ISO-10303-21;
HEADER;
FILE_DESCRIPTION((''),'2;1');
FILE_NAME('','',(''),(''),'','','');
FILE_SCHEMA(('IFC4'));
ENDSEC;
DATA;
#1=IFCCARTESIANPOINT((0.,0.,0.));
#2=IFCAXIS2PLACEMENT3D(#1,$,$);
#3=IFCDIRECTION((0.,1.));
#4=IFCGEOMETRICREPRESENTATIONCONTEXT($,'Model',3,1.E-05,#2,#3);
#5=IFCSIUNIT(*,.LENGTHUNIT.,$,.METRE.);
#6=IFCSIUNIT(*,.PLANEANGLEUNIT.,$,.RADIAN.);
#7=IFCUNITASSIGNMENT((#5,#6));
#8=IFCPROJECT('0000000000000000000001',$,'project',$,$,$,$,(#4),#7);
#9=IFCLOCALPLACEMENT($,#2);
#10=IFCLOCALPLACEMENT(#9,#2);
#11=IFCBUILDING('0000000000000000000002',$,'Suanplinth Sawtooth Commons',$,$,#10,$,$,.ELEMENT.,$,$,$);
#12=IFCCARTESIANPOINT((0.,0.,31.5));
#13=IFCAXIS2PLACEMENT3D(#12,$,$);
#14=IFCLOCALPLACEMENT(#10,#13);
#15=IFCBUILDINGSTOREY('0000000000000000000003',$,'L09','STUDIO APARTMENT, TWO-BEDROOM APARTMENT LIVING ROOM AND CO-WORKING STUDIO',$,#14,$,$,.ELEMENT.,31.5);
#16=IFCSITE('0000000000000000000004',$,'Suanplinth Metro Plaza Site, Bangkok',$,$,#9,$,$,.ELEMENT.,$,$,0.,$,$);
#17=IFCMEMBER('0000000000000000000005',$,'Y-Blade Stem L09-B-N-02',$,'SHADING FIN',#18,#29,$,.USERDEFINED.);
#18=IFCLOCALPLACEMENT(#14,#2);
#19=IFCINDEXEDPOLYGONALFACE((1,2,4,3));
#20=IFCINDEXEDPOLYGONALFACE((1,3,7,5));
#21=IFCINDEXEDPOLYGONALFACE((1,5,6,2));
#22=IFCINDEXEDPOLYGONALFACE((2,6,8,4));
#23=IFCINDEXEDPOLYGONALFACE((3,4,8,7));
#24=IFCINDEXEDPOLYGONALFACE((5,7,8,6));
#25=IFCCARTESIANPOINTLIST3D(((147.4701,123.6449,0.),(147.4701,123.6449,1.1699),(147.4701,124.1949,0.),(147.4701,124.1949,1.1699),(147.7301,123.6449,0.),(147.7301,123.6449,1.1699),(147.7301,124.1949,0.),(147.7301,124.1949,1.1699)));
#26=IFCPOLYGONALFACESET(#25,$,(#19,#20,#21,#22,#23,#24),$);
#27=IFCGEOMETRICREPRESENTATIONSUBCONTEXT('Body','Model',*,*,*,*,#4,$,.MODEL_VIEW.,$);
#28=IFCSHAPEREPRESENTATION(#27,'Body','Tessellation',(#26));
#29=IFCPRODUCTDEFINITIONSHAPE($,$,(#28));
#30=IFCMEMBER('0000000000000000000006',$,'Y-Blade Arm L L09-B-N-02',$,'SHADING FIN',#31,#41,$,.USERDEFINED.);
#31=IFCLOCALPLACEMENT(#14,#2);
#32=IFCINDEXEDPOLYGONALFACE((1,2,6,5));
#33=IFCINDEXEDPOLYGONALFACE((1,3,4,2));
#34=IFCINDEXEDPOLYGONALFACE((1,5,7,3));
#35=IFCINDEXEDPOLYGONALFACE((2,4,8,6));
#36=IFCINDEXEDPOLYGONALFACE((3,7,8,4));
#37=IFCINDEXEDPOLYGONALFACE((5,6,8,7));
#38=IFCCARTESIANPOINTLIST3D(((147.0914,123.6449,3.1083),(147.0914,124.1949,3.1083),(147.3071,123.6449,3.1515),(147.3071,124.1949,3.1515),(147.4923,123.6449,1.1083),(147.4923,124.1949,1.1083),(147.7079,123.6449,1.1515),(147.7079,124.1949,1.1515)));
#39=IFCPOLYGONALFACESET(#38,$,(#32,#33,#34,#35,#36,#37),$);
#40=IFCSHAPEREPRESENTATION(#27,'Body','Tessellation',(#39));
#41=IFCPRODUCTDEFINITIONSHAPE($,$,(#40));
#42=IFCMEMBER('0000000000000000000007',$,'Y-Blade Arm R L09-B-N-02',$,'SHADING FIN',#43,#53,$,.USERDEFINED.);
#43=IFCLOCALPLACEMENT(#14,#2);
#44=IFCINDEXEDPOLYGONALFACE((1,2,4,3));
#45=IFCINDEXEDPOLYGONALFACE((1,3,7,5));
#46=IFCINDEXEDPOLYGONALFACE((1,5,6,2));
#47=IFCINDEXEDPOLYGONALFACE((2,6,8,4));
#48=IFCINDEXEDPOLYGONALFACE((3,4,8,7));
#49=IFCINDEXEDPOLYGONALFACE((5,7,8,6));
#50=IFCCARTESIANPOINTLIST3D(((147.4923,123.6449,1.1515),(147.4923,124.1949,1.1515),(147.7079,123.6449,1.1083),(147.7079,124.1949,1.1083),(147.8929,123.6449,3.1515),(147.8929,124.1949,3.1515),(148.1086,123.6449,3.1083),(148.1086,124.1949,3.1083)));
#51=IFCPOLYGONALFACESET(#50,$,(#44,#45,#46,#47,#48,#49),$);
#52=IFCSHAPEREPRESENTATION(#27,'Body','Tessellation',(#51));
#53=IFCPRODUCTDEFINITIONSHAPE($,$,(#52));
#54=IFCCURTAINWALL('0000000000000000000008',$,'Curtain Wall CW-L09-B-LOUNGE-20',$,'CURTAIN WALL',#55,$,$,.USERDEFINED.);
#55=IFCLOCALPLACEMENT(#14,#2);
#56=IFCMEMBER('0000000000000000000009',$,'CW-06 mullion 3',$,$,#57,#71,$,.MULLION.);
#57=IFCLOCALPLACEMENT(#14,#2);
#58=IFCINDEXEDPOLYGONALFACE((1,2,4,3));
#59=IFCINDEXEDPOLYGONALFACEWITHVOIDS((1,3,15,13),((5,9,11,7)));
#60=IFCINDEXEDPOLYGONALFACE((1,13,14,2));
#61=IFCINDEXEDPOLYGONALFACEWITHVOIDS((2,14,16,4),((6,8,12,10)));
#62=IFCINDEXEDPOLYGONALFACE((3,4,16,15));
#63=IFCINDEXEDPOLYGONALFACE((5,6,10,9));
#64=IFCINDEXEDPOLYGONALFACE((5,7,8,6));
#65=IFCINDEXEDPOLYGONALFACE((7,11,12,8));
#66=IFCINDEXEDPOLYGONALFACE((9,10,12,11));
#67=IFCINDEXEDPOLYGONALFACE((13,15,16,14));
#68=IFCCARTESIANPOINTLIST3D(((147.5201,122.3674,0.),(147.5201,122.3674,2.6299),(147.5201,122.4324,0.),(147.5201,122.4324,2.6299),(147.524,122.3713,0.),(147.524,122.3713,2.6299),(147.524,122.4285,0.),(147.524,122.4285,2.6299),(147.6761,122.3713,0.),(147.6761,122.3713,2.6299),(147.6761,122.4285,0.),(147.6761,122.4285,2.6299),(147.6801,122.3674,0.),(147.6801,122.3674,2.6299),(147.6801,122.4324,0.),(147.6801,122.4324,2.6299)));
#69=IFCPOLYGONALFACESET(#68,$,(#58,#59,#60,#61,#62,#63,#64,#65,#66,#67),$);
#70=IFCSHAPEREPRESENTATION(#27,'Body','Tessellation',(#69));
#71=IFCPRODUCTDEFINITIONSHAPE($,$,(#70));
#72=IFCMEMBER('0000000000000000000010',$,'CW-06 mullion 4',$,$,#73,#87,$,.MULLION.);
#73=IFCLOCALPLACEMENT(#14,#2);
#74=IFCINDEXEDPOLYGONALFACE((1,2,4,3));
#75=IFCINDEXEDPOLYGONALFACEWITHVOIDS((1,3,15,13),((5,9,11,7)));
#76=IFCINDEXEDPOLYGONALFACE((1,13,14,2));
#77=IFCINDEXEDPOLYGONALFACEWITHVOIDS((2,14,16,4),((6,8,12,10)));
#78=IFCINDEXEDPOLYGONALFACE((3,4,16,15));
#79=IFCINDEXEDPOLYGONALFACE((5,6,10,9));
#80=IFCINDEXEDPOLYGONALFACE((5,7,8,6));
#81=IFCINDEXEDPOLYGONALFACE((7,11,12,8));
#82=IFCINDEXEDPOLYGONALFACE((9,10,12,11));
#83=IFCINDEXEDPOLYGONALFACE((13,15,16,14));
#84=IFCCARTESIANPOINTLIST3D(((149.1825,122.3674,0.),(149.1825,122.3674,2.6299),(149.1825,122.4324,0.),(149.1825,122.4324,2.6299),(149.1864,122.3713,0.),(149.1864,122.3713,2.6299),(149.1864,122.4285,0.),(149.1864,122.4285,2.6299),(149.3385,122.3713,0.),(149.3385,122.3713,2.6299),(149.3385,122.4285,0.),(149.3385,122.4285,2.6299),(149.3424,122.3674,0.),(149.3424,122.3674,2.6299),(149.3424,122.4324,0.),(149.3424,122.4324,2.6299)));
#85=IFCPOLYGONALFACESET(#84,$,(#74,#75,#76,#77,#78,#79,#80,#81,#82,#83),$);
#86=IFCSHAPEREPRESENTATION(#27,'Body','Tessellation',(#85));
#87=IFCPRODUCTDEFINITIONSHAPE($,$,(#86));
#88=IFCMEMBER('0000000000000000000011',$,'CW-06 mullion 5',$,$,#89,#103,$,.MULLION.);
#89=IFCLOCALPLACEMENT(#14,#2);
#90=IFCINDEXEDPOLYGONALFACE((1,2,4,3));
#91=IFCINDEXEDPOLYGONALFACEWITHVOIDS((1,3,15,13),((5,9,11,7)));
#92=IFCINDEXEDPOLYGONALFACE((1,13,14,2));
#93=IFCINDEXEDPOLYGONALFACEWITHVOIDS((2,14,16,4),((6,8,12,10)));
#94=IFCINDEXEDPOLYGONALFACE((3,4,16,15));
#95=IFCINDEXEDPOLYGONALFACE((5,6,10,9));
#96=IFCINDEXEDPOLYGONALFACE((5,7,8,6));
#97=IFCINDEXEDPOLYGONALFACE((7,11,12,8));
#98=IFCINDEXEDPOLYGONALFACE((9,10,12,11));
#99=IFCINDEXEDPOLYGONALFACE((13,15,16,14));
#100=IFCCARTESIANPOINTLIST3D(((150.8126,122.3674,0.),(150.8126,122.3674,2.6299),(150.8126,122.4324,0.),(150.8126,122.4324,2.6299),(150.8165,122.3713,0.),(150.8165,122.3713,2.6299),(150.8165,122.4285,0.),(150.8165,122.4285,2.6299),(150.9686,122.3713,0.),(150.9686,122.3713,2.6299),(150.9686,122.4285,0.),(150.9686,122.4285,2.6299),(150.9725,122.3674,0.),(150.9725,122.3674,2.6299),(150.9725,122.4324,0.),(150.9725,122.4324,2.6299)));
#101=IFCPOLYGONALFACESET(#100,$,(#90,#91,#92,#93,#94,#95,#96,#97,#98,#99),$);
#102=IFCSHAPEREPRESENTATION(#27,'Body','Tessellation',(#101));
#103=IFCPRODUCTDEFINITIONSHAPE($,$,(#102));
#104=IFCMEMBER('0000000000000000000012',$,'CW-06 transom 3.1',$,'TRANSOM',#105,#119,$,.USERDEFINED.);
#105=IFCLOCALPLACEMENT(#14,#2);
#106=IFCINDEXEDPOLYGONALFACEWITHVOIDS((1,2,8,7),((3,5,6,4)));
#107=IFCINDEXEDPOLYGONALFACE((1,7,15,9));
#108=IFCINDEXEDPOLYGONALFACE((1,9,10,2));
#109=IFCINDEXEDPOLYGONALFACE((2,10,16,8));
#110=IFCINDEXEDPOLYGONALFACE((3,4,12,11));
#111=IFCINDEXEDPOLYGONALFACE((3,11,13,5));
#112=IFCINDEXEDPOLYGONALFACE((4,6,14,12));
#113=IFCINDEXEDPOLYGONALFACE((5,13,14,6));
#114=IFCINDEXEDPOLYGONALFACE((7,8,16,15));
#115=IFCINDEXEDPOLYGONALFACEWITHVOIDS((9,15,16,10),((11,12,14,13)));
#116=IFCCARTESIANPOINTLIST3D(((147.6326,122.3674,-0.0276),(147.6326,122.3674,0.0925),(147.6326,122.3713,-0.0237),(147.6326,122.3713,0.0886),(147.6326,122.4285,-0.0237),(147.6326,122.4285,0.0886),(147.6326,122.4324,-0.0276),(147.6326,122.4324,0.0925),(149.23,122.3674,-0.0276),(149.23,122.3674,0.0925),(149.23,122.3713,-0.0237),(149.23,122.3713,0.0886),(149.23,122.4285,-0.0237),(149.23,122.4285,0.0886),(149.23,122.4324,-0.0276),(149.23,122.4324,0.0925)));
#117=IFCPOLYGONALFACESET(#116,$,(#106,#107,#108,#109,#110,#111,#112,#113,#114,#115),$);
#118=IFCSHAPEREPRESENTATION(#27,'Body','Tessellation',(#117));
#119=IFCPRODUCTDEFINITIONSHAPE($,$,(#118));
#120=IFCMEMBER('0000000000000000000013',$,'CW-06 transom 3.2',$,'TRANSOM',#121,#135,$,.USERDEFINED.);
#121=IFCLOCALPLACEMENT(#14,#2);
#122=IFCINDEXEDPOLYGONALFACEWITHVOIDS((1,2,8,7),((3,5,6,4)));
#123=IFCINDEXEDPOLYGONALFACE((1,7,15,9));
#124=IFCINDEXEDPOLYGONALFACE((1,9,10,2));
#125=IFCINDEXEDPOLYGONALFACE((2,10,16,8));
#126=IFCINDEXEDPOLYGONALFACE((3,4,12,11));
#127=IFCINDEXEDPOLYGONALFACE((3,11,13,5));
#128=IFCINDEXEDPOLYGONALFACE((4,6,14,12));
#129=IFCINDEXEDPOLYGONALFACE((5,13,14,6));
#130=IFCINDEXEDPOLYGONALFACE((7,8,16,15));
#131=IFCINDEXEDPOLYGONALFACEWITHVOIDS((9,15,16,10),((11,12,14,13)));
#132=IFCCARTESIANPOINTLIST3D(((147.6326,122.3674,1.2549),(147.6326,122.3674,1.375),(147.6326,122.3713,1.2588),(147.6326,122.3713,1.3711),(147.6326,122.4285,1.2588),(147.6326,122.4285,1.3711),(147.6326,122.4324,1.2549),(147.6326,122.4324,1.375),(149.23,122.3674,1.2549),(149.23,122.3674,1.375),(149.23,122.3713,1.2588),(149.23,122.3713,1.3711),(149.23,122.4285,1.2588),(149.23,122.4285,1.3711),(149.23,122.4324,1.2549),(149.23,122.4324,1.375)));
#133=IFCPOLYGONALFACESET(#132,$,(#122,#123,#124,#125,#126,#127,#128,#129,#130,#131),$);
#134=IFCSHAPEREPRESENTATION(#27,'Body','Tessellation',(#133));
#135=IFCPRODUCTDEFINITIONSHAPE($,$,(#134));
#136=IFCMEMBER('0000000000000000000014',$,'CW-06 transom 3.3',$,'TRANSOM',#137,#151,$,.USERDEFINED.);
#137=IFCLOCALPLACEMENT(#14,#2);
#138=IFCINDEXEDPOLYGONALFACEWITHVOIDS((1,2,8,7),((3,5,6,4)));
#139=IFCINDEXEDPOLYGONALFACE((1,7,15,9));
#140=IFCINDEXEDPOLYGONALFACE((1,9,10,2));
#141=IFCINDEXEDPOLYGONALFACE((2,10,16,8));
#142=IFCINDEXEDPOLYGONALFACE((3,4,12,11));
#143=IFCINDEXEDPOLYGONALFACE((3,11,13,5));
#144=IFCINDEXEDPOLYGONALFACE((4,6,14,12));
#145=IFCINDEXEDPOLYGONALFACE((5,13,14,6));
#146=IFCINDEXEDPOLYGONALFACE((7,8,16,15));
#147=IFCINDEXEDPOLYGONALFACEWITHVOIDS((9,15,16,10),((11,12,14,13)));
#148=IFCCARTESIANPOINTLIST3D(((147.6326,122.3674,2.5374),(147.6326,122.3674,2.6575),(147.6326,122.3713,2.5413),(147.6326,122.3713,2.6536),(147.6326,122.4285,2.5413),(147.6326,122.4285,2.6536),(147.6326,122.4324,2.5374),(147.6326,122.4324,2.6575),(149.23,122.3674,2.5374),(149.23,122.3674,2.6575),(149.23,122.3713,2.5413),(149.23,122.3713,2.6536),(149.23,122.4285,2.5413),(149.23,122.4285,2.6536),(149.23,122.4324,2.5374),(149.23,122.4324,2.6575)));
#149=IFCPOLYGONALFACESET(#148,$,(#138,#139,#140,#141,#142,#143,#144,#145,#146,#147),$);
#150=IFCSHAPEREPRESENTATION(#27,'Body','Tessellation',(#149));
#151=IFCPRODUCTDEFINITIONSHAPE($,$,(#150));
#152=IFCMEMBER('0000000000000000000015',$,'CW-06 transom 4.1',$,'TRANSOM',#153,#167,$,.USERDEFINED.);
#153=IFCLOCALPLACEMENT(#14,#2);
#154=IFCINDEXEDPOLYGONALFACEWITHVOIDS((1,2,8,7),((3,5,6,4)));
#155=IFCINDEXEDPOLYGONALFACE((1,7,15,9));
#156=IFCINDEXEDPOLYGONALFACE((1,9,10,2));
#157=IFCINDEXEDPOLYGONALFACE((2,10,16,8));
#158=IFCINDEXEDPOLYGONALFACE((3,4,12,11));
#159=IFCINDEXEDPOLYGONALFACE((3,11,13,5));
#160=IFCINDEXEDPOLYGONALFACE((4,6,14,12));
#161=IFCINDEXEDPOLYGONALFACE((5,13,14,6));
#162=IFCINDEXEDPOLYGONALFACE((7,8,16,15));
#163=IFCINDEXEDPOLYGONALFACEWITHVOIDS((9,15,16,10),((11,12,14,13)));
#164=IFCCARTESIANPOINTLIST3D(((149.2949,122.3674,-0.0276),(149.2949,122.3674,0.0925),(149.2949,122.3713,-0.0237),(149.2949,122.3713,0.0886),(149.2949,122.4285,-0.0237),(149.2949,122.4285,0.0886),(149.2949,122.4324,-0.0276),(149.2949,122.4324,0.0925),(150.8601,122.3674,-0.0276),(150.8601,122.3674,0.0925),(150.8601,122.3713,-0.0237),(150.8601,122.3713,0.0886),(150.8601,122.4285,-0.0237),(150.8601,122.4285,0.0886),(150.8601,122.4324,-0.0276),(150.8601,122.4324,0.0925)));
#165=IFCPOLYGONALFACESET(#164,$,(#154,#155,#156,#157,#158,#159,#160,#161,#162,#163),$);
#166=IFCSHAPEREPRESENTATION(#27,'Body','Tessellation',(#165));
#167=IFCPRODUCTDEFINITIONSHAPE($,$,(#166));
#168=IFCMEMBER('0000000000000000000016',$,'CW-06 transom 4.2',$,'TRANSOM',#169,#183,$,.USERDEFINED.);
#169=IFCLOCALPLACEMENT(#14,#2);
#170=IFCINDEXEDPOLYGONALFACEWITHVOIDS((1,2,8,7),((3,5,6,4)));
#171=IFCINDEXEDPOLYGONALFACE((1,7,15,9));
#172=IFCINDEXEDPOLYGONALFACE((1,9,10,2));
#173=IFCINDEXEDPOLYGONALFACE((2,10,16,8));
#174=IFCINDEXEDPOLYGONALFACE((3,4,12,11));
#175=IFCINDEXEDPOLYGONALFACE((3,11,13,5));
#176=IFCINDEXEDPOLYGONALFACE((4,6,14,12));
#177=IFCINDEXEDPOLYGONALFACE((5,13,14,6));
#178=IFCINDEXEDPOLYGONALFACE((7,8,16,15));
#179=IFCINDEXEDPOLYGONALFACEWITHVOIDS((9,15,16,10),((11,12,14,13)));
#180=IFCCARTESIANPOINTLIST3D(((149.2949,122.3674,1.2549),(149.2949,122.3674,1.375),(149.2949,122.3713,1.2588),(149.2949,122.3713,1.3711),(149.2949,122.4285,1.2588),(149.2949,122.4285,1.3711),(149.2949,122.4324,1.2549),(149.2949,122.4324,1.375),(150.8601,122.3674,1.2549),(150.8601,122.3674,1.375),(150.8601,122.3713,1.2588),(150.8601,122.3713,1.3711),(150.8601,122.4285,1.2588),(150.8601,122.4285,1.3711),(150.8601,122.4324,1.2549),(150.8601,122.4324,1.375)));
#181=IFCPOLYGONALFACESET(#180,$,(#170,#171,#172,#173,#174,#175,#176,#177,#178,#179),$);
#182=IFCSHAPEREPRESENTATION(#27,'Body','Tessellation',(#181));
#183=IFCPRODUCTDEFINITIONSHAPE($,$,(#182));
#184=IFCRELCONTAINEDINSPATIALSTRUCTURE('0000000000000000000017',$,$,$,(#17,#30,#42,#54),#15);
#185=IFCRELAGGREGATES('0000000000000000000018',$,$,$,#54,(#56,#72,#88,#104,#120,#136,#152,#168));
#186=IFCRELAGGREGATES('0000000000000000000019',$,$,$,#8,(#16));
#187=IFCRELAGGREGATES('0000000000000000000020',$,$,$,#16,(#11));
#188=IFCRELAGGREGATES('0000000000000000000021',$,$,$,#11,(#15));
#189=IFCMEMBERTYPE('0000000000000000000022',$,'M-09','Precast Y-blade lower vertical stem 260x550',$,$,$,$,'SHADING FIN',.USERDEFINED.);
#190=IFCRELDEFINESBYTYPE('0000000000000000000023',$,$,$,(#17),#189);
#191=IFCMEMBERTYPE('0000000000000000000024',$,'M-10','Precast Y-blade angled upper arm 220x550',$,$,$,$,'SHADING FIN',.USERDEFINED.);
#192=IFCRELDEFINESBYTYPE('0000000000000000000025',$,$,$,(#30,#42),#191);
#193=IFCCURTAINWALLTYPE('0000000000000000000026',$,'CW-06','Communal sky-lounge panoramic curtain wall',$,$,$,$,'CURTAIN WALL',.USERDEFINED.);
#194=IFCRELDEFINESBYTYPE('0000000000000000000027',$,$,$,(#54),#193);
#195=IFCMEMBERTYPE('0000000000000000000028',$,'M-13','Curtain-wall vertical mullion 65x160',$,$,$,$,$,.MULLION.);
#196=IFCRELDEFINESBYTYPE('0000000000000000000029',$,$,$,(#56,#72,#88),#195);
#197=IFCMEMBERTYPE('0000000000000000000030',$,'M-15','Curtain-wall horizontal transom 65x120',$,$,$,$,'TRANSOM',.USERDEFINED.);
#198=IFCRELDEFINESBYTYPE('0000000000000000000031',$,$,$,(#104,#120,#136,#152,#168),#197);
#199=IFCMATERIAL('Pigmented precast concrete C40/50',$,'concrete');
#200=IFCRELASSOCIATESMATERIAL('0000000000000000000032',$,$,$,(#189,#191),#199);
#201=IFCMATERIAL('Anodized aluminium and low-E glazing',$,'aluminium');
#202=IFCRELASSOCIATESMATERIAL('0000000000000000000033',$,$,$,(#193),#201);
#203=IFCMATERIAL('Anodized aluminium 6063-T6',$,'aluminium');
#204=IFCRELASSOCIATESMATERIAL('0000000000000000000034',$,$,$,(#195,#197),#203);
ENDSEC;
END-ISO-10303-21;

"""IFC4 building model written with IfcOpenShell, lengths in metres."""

from ifc_helpers import new_model, si_unit, direction, frame, origin, origin_2d, place, context, subcontext, project, spatial, rectangle, hollow_rectangle, extrude, material, material_profile, profile_set, type_object, element, aggregate, save


model = new_model("IFC4")

# Units and contexts
model_context = context("Model", 3, precision=1e-05, world=origin(), true_north=direction((0.0, 1.0)))
body_context = subcontext(model_context, "Body", "Model", "MODEL_VIEW")
ifc_project = project(units=[si_unit("LENGTHUNIT", "METRE"), si_unit("PLANEANGLEUNIT", "RADIAN")], contexts=[model_context])

# Site, building, storey
site_placement = place(None, origin())
site = spatial("IfcSite", under=ifc_project, at=site_placement, Name="Suanplinth Metro Plaza Site, Bangkok", CompositionType="ELEMENT", RefElevation=0.0)
building_placement = place(site_placement, origin())
building = spatial("IfcBuilding", under=site, at=building_placement, Name="Suanplinth Sawtooth Commons", CompositionType="ELEMENT")
storey_placement = place(building_placement, frame((0.0, 0.0, 31.5)))
storey = spatial("IfcBuildingStorey", under=building, at=storey_placement, Name="L09", Description="STUDIO APARTMENT, TWO-BEDROOM APARTMENT LIVING ROOM AND CO-WORKING STUDIO", CompositionType="ELEMENT", Elevation=31.5)

# Members
ifc_material_1 = material(Name="Pigmented precast concrete C40/50", Category="concrete")
ifc_material_profile_1 = material_profile(ifc_material_1, rectangle(XDim=0.26, YDim=0.55, at=origin_2d()), Name="PC-FIN 260x550")
ifc_profile_set_1 = profile_set([ifc_material_profile_1], Name="Pigmented precast concrete C40/50")
member_type_1 = type_object("IfcMemberType", Name="M-09", Description="Precast Y-blade lower vertical stem 260x550", ElementType="SHADING FIN", PredefinedType="USERDEFINED", material=ifc_profile_set_1)
member_1_placement = place(storey_placement, frame((147.6001, 123.9199, 0.0), z_axis=(0.0, 0.0, 1.0), x_axis=(1.0, 0.0, 0.0)))
element("IfcMember", 1, at=member_1_placement, inside=storey, type_object=member_type_1, Name="Y-Blade Stem L09-B-N-02", ObjectType="SHADING FIN", PredefinedType="USERDEFINED", context=body_context, shape_type="SweptSolid", body=[
    extrude(rectangle(XDim=0.26, YDim=0.55, at=origin_2d()), origin(), (0.0, 0.0, 1.0), 1.1699),
])
ifc_material_profile_2 = material_profile(ifc_material_1, rectangle(XDim=0.22, YDim=0.55, at=origin_2d()), Name="PC-FIN 220x550")
ifc_profile_set_2 = profile_set([ifc_material_profile_2], Name="Pigmented precast concrete C40/50")
member_type_2 = type_object("IfcMemberType", Name="M-10", Description="Precast Y-blade angled upper arm 220x550", ElementType="SHADING FIN", PredefinedType="USERDEFINED", material=ifc_profile_set_2)
for number, where, z_axis, x_axis, name in (
    (2, (147.6001, 123.9199, 1.1299), (-0.19653, 0.0, 0.980498), (0.980498, 0.0, 0.19653), "Y-Blade Arm L L09-B-N-02"),
    (3, (147.6001, 123.9199, 1.1299), (0.196415, 0.0, 0.980521), (-0.980521, 0.0, 0.196415), "Y-Blade Arm R L09-B-N-02"),
):
    element("IfcMember", number, at=place(storey_placement, frame(where, z_axis=z_axis, x_axis=x_axis)), inside=storey, type_object=member_type_2, Name=name, ObjectType="SHADING FIN", PredefinedType="USERDEFINED", context=body_context, shape_type="SweptSolid", body=[
        extrude(rectangle(XDim=0.22, YDim=0.55, at=origin_2d()), origin(), (0.0, 0.0, 1.0), 2.0398),
    ])

# Curtain wall, members
ifc_material_2 = material(Name="Anodized aluminium and low-E glazing", Category="aluminium")
curtain_wall_type = type_object("IfcCurtainWallType", Name="CW-06", Description="Communal sky-lounge panoramic curtain wall", ElementType="CURTAIN WALL", PredefinedType="USERDEFINED", material=ifc_material_2)
curtain_wall_placement = place(storey_placement, origin())
curtain_wall = element("IfcCurtainWall", 4, at=curtain_wall_placement, inside=storey, type_object=curtain_wall_type, Name="Curtain Wall CW-L09-B-LOUNGE-20", ObjectType="CURTAIN WALL", PredefinedType="USERDEFINED")
ifc_material_3 = material(Name="Anodized aluminium 6063-T6", Category="aluminium")
ifc_material_profile_3 = material_profile(ifc_material_3, hollow_rectangle(XDim=0.0649, YDim=0.1599, WallThickness=0.0039, at=origin_2d()), Name="ALU-MUL 65x160")
ifc_profile_set_3 = profile_set([ifc_material_profile_3], Name="Anodized aluminium 6063-T6")
member_type_3 = type_object("IfcMemberType", Name="M-13", Description="Curtain-wall vertical mullion 65x160", PredefinedType="MULLION", material=ifc_profile_set_3)
member_2_placement = place(storey_placement, frame((147.6001, 122.3999, 0.0), z_axis=(0.0, 0.0, 1.0), x_axis=(0.0, 1.0, 0.0)))
member_2 = element("IfcMember", 5, at=member_2_placement, type_object=member_type_3, Name="CW-06 mullion 3", PredefinedType="MULLION", context=body_context, shape_type="SweptSolid", body=[
    extrude(hollow_rectangle(XDim=0.0649, YDim=0.1599, WallThickness=0.0039, at=origin_2d()), origin(), (0.0, 0.0, 1.0), 2.6299),
])
member_3_placement = place(storey_placement, frame((149.2625, 122.3999, 0.0), z_axis=(0.0, 0.0, 1.0), x_axis=(0.0, 1.0, 0.0)))
member_3 = element("IfcMember", 6, at=member_3_placement, type_object=member_type_3, Name="CW-06 mullion 4", PredefinedType="MULLION", context=body_context, shape_type="SweptSolid", body=[
    extrude(hollow_rectangle(XDim=0.0649, YDim=0.1599, WallThickness=0.0039, at=origin_2d()), origin(), (0.0, 0.0, 1.0), 2.6299),
])
member_4_placement = place(storey_placement, frame((150.8926, 122.3999, 0.0), z_axis=(0.0, 0.0, 1.0), x_axis=(0.0, 1.0, 0.0)))
member_4 = element("IfcMember", 7, at=member_4_placement, type_object=member_type_3, Name="CW-06 mullion 5", PredefinedType="MULLION", context=body_context, shape_type="SweptSolid", body=[
    extrude(hollow_rectangle(XDim=0.0649, YDim=0.1599, WallThickness=0.0039, at=origin_2d()), origin(), (0.0, 0.0, 1.0), 2.6299),
])
ifc_material_profile_4 = material_profile(ifc_material_3, hollow_rectangle(XDim=0.0649, YDim=0.1201, WallThickness=0.0039, at=origin_2d()), Name="ALU-TRN 65x120")
ifc_profile_set_4 = profile_set([ifc_material_profile_4], Name="Anodized aluminium 6063-T6")
member_type_4 = type_object("IfcMemberType", Name="M-15", Description="Curtain-wall horizontal transom 65x120", ElementType="TRANSOM", PredefinedType="USERDEFINED", material=ifc_profile_set_4)
member_5_placement = place(storey_placement, frame((147.6326, 122.3999, 0.0325), z_axis=(1.0, 0.0, 0.0), x_axis=(0.0, 1.0, 0.0)))
member_5 = element("IfcMember", 8, at=member_5_placement, type_object=member_type_4, Name="CW-06 transom 3.1", ObjectType="TRANSOM", PredefinedType="USERDEFINED", context=body_context, shape_type="SweptSolid", body=[
    extrude(hollow_rectangle(XDim=0.0649, YDim=0.1201, WallThickness=0.0039, at=origin_2d()), origin(), (0.0, 0.0, 1.0), 1.5974),
])
member_6_placement = place(storey_placement, frame((147.6326, 122.3999, 1.3149), z_axis=(1.0, 0.0, 0.0), x_axis=(0.0, 1.0, 0.0)))
member_6 = element("IfcMember", 9, at=member_6_placement, type_object=member_type_4, Name="CW-06 transom 3.2", ObjectType="TRANSOM", PredefinedType="USERDEFINED", context=body_context, shape_type="SweptSolid", body=[
    extrude(hollow_rectangle(XDim=0.0649, YDim=0.1201, WallThickness=0.0039, at=origin_2d()), origin(), (0.0, 0.0, 1.0), 1.5974),
])
member_7_placement = place(storey_placement, frame((147.6326, 122.3999, 2.5974), z_axis=(1.0, 0.0, 0.0), x_axis=(0.0, 1.0, 0.0)))
member_7 = element("IfcMember", 10, at=member_7_placement, type_object=member_type_4, Name="CW-06 transom 3.3", ObjectType="TRANSOM", PredefinedType="USERDEFINED", context=body_context, shape_type="SweptSolid", body=[
    extrude(hollow_rectangle(XDim=0.0649, YDim=0.1201, WallThickness=0.0039, at=origin_2d()), origin(), (0.0, 0.0, 1.0), 1.5974),
])
member_8_placement = place(storey_placement, frame((149.2949, 122.3999, 0.0325), z_axis=(1.0, 0.0, 0.0), x_axis=(0.0, 1.0, 0.0)))
member_8 = element("IfcMember", 11, at=member_8_placement, type_object=member_type_4, Name="CW-06 transom 4.1", ObjectType="TRANSOM", PredefinedType="USERDEFINED", context=body_context, shape_type="SweptSolid", body=[
    extrude(hollow_rectangle(XDim=0.0649, YDim=0.1201, WallThickness=0.0039, at=origin_2d()), origin(), (0.0, 0.0, 1.0), 1.5652),
])
member_9_placement = place(storey_placement, frame((149.2949, 122.3999, 1.3149), z_axis=(1.0, 0.0, 0.0), x_axis=(0.0, 1.0, 0.0)))
member_9 = element("IfcMember", 12, at=member_9_placement, type_object=member_type_4, Name="CW-06 transom 4.2", ObjectType="TRANSOM", PredefinedType="USERDEFINED", context=body_context, shape_type="SweptSolid", body=[
    extrude(hollow_rectangle(XDim=0.0649, YDim=0.1201, WallThickness=0.0039, at=origin_2d()), origin(), (0.0, 0.0, 1.0), 1.5652),
])

aggregate(curtain_wall, [member_2, member_3, member_4, member_5, member_6, member_7, member_8, member_9])

save(model, "model.ifc")
